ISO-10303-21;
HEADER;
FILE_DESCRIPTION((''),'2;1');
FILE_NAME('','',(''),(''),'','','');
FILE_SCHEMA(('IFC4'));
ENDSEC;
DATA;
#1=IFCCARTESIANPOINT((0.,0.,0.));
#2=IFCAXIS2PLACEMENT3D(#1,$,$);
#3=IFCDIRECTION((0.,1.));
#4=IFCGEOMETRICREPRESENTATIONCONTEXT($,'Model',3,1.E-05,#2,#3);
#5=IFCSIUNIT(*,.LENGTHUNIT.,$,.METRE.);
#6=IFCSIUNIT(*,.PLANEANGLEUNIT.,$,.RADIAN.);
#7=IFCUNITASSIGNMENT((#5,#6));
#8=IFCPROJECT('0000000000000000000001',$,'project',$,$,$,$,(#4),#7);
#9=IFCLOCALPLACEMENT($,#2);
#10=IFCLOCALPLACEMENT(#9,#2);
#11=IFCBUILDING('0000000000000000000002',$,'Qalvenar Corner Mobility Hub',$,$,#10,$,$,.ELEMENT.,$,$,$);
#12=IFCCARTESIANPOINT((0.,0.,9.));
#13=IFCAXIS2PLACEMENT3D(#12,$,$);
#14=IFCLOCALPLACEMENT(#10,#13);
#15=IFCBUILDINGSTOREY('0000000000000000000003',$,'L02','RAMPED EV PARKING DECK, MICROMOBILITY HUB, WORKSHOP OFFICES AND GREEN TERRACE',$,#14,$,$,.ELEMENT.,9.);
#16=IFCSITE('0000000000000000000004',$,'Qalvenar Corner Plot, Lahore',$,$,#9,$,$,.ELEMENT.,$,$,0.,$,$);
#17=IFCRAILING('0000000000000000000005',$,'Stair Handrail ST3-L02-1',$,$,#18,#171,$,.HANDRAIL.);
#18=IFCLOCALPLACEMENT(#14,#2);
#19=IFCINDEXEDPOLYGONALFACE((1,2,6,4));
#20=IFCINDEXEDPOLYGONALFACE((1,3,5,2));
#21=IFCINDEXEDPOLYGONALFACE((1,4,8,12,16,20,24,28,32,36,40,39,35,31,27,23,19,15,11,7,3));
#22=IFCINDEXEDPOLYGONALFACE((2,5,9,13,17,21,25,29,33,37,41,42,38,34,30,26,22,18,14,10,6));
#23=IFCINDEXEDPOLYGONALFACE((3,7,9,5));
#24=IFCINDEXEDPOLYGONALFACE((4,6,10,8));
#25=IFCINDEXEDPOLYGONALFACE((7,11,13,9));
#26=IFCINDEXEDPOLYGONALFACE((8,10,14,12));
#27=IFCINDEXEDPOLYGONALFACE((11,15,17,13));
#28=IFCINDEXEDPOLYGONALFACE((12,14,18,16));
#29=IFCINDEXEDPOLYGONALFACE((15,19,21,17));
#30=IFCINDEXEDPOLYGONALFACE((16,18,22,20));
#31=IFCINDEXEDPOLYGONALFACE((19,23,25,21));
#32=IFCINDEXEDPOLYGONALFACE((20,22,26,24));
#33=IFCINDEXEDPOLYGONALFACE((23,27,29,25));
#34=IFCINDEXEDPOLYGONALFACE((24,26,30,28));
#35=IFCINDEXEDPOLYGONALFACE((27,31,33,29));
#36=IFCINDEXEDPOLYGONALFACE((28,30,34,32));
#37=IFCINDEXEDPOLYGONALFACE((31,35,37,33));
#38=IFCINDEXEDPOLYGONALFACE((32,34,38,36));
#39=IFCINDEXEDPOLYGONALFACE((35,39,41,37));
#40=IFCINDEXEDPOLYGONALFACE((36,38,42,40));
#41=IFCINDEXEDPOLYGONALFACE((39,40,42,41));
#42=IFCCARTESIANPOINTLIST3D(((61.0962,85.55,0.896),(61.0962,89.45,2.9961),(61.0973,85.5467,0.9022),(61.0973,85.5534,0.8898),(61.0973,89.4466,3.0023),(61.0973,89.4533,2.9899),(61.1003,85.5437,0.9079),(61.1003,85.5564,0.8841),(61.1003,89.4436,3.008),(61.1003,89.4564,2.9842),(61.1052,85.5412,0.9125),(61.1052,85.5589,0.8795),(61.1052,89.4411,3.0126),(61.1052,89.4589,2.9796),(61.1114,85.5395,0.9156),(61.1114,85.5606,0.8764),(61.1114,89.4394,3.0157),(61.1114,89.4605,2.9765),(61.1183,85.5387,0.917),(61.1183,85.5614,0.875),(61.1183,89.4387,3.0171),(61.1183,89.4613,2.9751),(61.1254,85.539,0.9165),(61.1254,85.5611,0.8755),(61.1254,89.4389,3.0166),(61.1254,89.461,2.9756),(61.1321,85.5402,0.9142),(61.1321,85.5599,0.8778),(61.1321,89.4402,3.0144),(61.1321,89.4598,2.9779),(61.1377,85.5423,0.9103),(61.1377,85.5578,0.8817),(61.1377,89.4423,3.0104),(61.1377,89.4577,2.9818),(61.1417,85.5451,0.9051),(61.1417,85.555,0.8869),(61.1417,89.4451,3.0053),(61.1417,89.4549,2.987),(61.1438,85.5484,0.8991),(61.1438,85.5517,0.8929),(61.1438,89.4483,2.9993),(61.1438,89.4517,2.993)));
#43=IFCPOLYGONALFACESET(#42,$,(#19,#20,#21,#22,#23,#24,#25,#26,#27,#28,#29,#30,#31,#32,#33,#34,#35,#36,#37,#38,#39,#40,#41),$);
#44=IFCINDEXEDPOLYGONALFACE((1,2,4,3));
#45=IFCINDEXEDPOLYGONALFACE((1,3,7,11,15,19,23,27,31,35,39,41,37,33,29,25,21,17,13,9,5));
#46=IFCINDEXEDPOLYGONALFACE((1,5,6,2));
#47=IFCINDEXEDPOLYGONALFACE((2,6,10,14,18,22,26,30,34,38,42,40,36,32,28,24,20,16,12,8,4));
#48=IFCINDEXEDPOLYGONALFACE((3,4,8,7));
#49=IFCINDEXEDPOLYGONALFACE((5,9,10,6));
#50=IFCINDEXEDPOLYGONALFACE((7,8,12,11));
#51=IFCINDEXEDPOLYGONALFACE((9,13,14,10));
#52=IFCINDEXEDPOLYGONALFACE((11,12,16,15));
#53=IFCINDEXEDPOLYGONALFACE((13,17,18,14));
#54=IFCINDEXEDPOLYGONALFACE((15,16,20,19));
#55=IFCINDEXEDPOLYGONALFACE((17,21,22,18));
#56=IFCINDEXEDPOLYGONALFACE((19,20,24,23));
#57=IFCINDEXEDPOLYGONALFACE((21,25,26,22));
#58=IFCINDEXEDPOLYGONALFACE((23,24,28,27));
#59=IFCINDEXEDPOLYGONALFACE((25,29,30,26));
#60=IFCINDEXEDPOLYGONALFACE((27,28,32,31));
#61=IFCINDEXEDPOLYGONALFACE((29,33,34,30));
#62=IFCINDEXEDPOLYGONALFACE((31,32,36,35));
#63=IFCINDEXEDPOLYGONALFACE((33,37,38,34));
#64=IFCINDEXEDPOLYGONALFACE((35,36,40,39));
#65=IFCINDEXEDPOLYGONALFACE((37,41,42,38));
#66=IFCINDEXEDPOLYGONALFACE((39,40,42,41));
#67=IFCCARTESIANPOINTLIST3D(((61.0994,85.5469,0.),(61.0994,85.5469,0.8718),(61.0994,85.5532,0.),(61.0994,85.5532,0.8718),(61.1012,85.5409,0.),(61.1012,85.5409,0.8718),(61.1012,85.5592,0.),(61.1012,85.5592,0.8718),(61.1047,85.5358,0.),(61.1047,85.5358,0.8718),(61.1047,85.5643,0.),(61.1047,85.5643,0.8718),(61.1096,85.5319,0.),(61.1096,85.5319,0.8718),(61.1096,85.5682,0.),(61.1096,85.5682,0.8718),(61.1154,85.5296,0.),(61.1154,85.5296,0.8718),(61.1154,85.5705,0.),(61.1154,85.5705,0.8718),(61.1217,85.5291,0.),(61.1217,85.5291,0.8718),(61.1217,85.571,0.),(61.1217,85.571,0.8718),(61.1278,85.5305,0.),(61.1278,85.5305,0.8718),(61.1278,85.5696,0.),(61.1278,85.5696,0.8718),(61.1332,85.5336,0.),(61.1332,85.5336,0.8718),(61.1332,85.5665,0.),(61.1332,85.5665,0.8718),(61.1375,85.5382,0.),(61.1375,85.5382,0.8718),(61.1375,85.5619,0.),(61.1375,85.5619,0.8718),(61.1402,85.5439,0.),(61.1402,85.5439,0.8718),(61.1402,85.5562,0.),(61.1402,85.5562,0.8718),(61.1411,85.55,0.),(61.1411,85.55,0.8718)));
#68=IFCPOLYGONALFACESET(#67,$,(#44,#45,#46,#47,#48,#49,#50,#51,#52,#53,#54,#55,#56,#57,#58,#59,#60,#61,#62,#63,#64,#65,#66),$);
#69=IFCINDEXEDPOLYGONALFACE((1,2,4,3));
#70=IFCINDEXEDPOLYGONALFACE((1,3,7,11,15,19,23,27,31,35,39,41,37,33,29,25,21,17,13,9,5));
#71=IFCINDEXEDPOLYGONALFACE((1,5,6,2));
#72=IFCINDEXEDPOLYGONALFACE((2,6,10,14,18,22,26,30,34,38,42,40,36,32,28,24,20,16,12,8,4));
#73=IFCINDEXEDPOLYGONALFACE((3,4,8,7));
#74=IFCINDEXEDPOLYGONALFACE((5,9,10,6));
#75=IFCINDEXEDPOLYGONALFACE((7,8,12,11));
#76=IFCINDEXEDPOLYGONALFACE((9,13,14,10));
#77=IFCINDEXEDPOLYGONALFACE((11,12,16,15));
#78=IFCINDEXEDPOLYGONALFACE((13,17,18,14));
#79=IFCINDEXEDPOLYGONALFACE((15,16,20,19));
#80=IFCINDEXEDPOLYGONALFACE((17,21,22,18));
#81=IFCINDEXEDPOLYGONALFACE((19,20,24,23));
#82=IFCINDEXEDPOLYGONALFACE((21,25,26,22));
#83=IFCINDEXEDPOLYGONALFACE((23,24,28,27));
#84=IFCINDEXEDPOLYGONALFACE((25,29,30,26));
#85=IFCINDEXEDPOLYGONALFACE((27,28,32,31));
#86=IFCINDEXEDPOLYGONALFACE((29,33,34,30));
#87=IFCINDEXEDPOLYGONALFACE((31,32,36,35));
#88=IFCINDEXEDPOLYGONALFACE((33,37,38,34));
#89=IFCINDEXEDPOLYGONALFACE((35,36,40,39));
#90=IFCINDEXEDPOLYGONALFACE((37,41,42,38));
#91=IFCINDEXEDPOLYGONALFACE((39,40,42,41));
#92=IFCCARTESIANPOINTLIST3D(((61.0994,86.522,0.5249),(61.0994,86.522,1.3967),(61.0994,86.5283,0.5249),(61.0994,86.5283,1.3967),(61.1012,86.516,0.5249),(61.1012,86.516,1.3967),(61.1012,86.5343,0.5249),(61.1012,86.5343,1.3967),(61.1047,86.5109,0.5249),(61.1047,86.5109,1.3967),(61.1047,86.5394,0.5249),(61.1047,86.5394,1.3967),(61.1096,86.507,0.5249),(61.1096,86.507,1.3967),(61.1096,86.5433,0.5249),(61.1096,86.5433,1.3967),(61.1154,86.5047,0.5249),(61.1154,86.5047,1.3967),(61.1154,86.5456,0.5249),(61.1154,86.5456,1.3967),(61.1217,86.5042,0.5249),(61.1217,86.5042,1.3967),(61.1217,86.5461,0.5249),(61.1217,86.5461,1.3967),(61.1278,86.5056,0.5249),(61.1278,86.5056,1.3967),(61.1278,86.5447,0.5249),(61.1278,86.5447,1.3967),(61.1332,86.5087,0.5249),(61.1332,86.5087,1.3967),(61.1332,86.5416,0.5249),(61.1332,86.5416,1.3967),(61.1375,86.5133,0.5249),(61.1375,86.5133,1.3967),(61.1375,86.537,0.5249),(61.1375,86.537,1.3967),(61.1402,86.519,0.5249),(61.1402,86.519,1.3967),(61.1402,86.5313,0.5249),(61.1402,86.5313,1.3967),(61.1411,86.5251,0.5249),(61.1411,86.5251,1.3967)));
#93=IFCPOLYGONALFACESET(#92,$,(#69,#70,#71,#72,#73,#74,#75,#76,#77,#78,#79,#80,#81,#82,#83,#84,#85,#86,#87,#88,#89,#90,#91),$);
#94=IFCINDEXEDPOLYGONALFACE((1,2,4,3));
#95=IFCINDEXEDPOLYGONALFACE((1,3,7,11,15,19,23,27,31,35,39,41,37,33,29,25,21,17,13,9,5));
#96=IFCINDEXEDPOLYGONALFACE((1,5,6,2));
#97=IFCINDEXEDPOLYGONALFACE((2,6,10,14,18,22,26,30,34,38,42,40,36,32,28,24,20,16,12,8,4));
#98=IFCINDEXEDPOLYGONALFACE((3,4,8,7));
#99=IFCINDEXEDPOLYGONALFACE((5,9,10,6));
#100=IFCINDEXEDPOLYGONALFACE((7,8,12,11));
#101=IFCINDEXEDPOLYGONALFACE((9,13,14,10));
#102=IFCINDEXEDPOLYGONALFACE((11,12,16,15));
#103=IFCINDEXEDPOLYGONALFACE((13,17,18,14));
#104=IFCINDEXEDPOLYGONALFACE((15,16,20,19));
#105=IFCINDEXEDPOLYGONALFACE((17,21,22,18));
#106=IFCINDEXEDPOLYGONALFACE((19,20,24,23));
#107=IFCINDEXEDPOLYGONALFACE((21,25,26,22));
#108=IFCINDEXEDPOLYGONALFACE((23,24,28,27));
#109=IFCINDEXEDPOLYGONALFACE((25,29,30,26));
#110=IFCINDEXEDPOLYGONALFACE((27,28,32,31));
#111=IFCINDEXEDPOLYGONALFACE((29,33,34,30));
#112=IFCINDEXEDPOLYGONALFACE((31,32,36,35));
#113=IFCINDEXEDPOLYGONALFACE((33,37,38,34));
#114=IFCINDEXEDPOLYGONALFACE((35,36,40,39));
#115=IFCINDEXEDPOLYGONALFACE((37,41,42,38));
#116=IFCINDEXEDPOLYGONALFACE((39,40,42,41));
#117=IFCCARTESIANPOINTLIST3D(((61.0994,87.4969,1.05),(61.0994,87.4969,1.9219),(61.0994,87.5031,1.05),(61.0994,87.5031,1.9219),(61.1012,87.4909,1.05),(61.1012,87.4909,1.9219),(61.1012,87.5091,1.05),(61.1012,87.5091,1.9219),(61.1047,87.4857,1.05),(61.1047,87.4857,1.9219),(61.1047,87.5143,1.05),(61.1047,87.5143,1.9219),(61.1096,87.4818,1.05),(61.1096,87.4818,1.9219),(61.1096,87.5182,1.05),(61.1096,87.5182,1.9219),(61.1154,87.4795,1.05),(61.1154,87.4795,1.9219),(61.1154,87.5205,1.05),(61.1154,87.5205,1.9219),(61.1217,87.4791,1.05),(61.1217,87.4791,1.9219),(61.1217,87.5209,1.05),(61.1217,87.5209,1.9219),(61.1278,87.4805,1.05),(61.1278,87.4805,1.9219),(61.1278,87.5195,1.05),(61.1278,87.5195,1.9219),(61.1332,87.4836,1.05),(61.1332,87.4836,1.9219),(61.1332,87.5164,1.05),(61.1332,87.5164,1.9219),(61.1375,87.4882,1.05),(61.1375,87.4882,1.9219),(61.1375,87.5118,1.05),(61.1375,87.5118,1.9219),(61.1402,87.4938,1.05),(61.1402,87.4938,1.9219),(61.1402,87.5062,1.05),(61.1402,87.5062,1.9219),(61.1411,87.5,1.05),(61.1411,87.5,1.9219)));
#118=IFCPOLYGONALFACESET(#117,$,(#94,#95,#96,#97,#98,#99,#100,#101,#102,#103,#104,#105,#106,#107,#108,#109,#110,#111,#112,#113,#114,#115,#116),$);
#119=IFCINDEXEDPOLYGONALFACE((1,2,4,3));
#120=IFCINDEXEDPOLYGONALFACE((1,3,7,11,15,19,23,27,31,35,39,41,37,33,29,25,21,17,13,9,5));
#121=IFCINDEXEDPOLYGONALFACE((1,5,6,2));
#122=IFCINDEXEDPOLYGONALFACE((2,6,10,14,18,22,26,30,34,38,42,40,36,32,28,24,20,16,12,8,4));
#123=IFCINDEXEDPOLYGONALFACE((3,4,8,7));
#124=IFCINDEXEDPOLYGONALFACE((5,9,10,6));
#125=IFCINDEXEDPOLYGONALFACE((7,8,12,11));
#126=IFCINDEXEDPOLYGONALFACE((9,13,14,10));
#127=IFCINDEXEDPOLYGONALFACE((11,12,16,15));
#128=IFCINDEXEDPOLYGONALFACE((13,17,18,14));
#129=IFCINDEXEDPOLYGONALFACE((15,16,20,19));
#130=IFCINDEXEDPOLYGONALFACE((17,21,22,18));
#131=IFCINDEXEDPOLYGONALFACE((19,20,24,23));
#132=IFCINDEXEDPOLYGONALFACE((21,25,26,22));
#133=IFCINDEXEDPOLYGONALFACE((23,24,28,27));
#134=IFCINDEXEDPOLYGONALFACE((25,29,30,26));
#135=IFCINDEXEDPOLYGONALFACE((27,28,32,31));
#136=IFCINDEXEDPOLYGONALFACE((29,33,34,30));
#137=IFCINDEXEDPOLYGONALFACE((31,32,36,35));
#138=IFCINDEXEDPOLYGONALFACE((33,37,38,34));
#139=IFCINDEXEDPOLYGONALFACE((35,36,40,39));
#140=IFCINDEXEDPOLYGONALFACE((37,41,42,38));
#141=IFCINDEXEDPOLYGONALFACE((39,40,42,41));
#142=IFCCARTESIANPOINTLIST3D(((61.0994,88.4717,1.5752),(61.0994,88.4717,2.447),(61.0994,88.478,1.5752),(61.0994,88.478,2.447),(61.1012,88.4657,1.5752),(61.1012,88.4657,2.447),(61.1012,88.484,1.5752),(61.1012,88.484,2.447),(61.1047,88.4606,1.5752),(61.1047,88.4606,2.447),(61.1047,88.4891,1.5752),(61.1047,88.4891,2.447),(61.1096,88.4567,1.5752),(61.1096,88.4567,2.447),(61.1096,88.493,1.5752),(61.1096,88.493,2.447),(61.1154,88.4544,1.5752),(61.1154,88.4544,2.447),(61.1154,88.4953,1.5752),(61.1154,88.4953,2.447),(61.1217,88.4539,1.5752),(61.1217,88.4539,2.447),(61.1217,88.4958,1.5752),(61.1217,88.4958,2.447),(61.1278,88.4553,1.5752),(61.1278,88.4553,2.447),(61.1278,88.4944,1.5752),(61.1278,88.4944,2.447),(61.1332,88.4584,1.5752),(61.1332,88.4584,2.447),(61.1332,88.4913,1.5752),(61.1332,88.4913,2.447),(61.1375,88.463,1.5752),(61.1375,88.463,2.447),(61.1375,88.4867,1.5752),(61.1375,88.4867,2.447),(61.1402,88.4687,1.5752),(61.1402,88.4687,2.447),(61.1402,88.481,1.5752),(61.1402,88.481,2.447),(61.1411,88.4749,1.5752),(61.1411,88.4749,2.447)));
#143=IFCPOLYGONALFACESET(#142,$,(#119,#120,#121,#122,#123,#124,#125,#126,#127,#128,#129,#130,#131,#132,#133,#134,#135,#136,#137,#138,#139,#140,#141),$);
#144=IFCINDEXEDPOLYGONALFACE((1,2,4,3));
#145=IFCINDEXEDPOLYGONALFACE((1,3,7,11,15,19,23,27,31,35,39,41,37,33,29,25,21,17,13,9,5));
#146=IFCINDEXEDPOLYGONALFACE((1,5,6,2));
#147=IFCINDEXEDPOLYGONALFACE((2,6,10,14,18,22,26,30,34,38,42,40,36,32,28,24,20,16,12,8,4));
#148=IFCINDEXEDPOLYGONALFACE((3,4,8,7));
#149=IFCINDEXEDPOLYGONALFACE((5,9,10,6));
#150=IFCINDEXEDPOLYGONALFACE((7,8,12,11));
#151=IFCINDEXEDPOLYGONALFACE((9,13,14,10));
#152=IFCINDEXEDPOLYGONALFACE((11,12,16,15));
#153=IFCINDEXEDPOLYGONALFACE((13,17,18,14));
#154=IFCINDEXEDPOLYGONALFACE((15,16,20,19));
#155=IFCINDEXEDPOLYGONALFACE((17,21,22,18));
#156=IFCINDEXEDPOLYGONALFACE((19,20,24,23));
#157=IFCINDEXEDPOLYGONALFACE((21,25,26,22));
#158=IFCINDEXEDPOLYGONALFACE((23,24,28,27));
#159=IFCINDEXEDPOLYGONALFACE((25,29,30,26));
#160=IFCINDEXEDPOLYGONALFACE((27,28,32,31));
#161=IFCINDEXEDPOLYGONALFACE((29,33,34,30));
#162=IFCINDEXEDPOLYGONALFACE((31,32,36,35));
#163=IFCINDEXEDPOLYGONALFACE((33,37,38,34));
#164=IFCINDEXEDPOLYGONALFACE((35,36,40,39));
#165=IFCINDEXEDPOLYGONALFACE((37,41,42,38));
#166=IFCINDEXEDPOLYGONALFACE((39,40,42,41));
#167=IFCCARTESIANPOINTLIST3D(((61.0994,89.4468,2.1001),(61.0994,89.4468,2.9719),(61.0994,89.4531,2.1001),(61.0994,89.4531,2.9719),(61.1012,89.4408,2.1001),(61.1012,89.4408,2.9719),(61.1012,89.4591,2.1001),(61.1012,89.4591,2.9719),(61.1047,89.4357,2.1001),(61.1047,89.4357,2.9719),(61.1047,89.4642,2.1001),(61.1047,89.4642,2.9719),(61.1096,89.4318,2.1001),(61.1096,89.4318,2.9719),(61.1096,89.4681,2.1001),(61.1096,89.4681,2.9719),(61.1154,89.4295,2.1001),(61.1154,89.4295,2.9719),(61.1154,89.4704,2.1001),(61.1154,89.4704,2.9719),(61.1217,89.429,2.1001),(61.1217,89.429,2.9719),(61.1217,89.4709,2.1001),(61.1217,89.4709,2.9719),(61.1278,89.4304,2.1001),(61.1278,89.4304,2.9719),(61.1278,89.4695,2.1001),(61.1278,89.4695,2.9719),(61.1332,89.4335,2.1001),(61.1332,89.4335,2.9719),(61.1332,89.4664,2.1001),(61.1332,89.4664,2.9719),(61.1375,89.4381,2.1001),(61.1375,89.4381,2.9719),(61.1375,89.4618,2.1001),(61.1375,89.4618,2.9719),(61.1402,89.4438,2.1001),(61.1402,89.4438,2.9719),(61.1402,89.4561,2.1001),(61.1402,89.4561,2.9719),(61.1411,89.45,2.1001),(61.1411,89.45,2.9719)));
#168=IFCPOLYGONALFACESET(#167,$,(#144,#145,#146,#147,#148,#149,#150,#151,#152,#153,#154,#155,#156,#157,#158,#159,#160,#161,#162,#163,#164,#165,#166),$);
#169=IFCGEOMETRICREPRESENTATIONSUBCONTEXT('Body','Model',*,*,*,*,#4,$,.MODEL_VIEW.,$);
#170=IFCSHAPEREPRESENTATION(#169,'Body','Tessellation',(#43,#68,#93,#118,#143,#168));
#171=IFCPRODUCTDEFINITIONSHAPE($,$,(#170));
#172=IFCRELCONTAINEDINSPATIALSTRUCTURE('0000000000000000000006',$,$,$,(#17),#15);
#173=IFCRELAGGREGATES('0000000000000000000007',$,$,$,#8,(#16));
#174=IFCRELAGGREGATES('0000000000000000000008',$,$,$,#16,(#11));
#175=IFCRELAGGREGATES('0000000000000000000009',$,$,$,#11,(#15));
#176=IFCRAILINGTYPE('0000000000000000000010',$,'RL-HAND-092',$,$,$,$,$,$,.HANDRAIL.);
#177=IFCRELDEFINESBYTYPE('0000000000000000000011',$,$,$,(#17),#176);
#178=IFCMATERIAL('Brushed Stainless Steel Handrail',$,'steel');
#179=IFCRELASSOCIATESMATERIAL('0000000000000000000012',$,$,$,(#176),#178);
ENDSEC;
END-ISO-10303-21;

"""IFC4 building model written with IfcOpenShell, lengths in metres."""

from ifc_helpers import new_model, si_unit, direction, frame, origin, origin_2d, place, context, subcontext, project, spatial, circle, extrude, material, type_object, element, save


model = new_model("IFC4")

# Units and contexts
model_context = context("Model", 3, precision=1e-05, world=origin(), true_north=direction((0.0, 1.0)))
body_context = subcontext(model_context, "Body", "Model", "MODEL_VIEW")
ifc_project = project(units=[si_unit("LENGTHUNIT", "METRE"), si_unit("PLANEANGLEUNIT", "RADIAN")], contexts=[model_context])

# Site, building, storey
site_placement = place(None, origin())
site = spatial("IfcSite", under=ifc_project, at=site_placement, Name="Qalvenar Corner Plot, Lahore", CompositionType="ELEMENT", RefElevation=0.0)
building_placement = place(site_placement, origin())
building = spatial("IfcBuilding", under=site, at=building_placement, Name="Qalvenar Corner Mobility Hub", CompositionType="ELEMENT")
storey_placement = place(building_placement, frame((0.0, 0.0, 9.0)))
storey = spatial("IfcBuildingStorey", under=building, at=storey_placement, Name="L02", Description="RAMPED EV PARKING DECK, MICROMOBILITY HUB, WORKSHOP OFFICES AND GREEN TERRACE", CompositionType="ELEMENT", Elevation=9.0)

# Railing
ifc_material_1 = material(Name="Brushed Stainless Steel Handrail", Category="steel")
railing_type_1 = type_object("IfcRailingType", Name="RL-HAND-092", PredefinedType="HANDRAIL", material=ifc_material_1)
railing_1_placement = place(storey_placement, frame((61.1201, 85.55, 0.0)))
element("IfcRailing", 1, at=railing_1_placement, inside=storey, type_object=railing_type_1, Name="Stair Handrail ST3-L02-1", PredefinedType="HANDRAIL", context=body_context, shape_type="SweptSolid", body=[
    extrude(circle(Radius=0.0239, at=origin_2d()), frame((0.0, 0.0, 0.896), z_axis=(0.0, 0.880457, 0.474126), x_axis=(-1.0, 0.0, 0.0)), (0.0, 0.0, 1.0), 4.4294),
    extrude(circle(Radius=0.021, at=origin_2d()), origin(), (0.0, 0.0, 1.0), 0.8718),
    extrude(circle(Radius=0.021, at=origin_2d()), frame((0.0, 0.9751, 0.5249)), (0.0, 0.0, 1.0), 0.8718),
    extrude(circle(Radius=0.021, at=origin_2d()), frame((0.0, 1.95, 1.05)), (0.0, 0.0, 1.0), 0.8718),
    extrude(circle(Radius=0.021, at=origin_2d()), frame((0.0, 2.9248, 1.5752)), (0.0, 0.0, 1.0), 0.8718),
    extrude(circle(Radius=0.021, at=origin_2d()), frame((0.0, 3.8999, 2.1001)), (0.0, 0.0, 1.0), 0.8718),
])

save(model, "model.ifc")
